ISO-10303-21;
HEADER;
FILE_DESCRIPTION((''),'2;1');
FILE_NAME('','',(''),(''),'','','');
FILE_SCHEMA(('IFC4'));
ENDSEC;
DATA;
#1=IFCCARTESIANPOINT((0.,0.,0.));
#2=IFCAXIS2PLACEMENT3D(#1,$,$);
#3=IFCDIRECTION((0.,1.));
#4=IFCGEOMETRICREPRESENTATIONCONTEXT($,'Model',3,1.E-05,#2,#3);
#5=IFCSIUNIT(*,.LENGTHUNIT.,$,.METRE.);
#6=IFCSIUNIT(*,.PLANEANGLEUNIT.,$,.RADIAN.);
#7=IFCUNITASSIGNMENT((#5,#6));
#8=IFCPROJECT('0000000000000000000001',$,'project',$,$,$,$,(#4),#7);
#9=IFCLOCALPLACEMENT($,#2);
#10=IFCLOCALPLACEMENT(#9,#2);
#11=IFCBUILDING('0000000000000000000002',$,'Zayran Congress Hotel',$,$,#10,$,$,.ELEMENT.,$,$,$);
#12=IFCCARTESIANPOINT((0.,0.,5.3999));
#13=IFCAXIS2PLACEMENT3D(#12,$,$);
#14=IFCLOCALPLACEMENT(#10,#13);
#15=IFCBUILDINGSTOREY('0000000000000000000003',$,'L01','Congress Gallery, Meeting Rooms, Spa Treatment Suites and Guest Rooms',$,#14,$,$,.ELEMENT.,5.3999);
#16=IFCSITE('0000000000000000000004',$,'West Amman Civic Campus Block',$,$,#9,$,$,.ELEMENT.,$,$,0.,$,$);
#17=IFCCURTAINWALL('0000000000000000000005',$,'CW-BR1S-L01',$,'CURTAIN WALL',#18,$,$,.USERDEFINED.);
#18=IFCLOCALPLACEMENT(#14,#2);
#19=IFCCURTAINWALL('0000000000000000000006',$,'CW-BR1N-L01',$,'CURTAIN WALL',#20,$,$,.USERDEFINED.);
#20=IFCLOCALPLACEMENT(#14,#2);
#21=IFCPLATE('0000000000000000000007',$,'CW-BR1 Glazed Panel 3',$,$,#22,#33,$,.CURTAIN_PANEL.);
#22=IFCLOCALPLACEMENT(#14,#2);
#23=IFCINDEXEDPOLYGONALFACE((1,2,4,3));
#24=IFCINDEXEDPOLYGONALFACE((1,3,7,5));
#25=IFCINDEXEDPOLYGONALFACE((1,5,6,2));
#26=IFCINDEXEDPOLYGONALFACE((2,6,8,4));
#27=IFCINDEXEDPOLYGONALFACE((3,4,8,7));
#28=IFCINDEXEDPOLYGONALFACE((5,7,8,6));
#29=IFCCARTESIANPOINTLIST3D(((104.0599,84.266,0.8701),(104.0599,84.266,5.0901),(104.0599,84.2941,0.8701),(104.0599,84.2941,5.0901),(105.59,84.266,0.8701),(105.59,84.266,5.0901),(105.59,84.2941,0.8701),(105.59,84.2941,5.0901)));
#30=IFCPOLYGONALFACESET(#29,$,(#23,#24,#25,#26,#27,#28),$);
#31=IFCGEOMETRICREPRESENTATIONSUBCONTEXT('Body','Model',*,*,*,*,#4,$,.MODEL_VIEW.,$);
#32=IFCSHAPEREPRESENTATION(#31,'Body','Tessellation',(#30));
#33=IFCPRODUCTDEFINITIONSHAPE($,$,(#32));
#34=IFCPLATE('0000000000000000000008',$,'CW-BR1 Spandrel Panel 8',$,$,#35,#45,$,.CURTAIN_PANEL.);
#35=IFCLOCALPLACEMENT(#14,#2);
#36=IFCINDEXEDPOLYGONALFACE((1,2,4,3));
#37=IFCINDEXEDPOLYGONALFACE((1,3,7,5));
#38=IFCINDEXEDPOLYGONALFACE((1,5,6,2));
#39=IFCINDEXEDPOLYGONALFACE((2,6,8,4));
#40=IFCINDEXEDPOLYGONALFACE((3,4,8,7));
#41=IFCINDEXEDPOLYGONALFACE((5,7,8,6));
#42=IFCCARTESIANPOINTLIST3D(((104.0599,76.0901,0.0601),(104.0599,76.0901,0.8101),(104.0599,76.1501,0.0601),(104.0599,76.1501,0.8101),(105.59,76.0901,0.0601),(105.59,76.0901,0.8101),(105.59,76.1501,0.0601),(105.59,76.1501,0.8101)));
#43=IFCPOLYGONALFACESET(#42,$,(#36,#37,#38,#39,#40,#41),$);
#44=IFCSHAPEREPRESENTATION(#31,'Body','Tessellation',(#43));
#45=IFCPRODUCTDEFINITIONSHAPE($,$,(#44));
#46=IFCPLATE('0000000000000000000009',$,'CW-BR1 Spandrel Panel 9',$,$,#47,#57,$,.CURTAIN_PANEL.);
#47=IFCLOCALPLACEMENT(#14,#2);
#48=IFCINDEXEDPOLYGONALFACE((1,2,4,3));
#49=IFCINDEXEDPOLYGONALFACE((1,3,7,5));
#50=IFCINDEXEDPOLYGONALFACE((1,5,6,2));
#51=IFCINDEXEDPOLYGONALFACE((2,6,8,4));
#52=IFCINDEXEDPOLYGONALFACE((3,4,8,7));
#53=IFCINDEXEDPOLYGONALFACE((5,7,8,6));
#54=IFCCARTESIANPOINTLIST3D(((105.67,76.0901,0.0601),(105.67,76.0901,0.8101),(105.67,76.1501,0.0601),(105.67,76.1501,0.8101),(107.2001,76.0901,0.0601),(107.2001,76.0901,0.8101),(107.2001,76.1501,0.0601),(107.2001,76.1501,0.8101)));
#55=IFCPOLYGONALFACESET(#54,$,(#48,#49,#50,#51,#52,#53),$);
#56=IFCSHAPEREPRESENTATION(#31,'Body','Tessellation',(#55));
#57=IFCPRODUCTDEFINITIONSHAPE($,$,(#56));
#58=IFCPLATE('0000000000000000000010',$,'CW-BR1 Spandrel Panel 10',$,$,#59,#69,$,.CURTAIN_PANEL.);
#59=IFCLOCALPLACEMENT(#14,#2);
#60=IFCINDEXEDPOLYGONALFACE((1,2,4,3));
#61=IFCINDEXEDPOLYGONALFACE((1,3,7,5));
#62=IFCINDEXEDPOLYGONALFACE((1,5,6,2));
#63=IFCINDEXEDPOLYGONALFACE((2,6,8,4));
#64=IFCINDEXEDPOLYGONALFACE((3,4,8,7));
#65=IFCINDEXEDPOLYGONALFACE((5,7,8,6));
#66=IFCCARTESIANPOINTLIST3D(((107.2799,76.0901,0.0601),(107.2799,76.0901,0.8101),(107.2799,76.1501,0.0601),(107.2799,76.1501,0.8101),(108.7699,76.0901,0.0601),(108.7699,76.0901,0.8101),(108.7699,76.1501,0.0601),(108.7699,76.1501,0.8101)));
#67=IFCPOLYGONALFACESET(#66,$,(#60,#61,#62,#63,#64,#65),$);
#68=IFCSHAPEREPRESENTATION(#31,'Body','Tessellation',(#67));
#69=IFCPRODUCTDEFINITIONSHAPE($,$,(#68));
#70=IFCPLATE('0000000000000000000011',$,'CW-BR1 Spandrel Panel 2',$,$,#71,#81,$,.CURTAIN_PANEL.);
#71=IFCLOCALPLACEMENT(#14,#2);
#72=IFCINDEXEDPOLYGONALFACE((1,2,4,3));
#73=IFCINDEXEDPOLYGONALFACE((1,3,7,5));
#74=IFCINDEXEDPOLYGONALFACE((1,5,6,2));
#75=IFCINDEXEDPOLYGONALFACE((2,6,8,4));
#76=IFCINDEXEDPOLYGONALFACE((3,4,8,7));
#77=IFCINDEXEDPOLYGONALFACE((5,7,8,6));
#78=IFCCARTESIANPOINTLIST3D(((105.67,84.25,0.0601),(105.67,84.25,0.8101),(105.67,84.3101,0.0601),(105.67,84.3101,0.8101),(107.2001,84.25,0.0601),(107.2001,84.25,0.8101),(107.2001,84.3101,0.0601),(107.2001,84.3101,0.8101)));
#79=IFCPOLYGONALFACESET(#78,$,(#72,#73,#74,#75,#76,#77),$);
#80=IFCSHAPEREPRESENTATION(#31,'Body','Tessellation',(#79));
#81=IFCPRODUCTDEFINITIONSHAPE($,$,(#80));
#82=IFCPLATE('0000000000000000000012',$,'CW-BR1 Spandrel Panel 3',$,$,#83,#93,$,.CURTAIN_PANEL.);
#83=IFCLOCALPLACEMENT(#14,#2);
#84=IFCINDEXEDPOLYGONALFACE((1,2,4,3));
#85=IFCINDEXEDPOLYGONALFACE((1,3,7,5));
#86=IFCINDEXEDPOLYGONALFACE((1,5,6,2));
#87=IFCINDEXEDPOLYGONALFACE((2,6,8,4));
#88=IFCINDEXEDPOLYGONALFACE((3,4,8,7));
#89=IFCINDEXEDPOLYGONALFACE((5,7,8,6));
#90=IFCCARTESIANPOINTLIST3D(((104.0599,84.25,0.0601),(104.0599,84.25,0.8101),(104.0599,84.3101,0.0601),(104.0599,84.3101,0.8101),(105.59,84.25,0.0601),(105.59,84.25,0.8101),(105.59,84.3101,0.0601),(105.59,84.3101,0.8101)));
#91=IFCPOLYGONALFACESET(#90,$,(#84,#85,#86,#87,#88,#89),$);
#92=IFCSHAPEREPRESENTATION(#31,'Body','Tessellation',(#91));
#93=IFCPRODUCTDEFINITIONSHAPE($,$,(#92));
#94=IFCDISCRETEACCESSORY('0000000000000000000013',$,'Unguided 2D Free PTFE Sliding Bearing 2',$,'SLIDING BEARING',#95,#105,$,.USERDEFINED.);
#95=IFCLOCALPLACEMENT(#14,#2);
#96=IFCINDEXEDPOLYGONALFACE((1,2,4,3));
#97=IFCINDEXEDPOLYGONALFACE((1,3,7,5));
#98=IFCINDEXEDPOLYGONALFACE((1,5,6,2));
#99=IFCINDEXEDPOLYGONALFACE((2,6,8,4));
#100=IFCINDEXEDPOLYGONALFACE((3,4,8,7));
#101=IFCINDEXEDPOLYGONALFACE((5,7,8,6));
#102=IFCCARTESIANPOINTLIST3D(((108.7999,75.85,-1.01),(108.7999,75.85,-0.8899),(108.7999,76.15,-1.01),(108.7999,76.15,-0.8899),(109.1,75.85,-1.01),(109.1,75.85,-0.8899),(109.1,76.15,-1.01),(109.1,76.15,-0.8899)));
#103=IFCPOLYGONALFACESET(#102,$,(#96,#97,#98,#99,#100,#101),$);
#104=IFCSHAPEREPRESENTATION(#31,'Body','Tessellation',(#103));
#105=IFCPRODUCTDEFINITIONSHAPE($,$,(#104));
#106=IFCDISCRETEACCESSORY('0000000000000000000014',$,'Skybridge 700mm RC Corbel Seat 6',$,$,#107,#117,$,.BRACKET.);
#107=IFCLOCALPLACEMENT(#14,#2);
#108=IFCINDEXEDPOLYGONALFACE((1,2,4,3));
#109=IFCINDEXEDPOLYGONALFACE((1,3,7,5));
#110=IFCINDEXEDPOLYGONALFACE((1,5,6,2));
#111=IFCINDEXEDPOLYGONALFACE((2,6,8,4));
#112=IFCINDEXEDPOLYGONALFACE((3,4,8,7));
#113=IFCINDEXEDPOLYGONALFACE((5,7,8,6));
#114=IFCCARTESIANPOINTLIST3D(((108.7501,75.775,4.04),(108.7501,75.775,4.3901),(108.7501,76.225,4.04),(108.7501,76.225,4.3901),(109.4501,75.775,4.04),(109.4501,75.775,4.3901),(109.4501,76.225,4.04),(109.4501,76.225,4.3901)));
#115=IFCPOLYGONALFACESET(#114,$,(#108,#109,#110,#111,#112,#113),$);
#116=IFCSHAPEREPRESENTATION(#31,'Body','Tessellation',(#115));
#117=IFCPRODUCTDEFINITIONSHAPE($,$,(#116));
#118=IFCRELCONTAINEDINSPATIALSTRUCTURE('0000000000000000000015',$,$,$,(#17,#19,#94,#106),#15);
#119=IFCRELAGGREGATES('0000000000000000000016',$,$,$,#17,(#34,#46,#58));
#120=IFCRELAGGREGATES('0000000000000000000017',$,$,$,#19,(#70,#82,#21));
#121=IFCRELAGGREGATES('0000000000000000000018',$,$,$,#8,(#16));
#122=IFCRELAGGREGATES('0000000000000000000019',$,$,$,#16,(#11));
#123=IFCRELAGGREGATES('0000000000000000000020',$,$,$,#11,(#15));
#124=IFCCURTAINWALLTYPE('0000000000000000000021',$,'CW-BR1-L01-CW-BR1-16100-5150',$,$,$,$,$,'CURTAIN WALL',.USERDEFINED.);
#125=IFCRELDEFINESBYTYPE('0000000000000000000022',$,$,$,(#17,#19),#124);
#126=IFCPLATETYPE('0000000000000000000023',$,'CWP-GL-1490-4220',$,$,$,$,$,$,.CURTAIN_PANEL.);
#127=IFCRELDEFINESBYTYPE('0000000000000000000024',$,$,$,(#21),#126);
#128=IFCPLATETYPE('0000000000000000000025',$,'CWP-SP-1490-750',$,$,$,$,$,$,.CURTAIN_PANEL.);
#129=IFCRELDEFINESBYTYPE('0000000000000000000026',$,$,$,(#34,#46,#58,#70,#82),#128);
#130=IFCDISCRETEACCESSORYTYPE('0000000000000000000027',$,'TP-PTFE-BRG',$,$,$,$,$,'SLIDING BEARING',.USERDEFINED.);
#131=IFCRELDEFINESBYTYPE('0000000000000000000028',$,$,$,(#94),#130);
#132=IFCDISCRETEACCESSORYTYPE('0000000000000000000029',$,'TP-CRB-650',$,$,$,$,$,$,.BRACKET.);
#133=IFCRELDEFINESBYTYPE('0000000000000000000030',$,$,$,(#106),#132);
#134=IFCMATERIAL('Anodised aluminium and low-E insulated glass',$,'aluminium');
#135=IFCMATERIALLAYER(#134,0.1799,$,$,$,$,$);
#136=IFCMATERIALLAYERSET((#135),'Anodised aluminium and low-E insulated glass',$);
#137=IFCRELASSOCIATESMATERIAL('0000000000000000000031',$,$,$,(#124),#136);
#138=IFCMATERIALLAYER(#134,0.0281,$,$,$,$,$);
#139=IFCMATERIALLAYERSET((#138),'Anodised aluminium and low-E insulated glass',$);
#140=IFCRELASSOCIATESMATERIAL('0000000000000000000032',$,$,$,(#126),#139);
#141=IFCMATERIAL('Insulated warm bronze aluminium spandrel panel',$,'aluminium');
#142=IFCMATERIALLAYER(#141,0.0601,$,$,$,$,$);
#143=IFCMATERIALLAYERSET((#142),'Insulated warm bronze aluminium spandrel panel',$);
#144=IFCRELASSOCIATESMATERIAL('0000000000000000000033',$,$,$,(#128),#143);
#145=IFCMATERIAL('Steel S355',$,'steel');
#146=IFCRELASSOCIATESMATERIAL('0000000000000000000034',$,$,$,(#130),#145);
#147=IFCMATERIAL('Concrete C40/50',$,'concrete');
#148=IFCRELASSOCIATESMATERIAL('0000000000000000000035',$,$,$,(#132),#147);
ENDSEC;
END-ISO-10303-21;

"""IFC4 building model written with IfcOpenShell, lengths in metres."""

from ifc_helpers import new_model, si_unit, direction, frame, origin, origin_2d, place, context, subcontext, project, spatial, rectangle, extrude, material, layer, layer_set, type_object, element, aggregate, save


model = new_model("IFC4")

# Units and contexts
model_context = context("Model", 3, precision=1e-05, world=origin(), true_north=direction((0.0, 1.0)))
body_context = subcontext(model_context, "Body", "Model", "MODEL_VIEW")
ifc_project = project(units=[si_unit("LENGTHUNIT", "METRE"), si_unit("PLANEANGLEUNIT", "RADIAN")], contexts=[model_context])

# Site, building, storey
site_placement = place(None, origin())
site = spatial("IfcSite", under=ifc_project, at=site_placement, Name="West Amman Civic Campus Block", CompositionType="ELEMENT", RefElevation=0.0)
building_placement = place(site_placement, origin())
building = spatial("IfcBuilding", under=site, at=building_placement, Name="Zayran Congress Hotel", CompositionType="ELEMENT")
storey_placement = place(building_placement, frame((0.0, 0.0, 5.3999)))
storey = spatial("IfcBuildingStorey", under=building, at=storey_placement, Name="L01", Description="Congress Gallery, Meeting Rooms, Spa Treatment Suites and Guest Rooms", CompositionType="ELEMENT", Elevation=5.3999)

# Shared definitions
ifc_material_1 = material(Name="Steel S355", Category="steel")

# Shared definitions
ifc_material_2 = material(Name="Anodised aluminium and low-E insulated glass", Category="aluminium")

# Curtain wall
ifc_layer_1 = layer(ifc_material_2, 0.1799)
ifc_layer_set_1 = layer_set([ifc_layer_1], Name="Anodised aluminium and low-E insulated glass")
curtain_wall_type_1 = type_object("IfcCurtainWallType", Name="CW-BR1-L01-CW-BR1-16100-5150", ElementType="CURTAIN WALL", PredefinedType="USERDEFINED", material=ifc_layer_set_1)
curtain_wall_1_placement = place(storey_placement, origin())
curtain_wall_1 = element("IfcCurtainWall", 1, at=curtain_wall_1_placement, inside=storey, type_object=curtain_wall_type_1, Name="CW-BR1S-L01", ObjectType="CURTAIN WALL", PredefinedType="USERDEFINED")

# Curtain wall
curtain_wall_2_placement = place(storey_placement, origin())
curtain_wall_2 = element("IfcCurtainWall", 2, at=curtain_wall_2_placement, inside=storey, type_object=curtain_wall_type_1, Name="CW-BR1N-L01", ObjectType="CURTAIN WALL", PredefinedType="USERDEFINED")

# Plates
ifc_layer_2 = layer(ifc_material_2, 0.0281)
ifc_layer_set_2 = layer_set([ifc_layer_2], Name="Anodised aluminium and low-E insulated glass")
plate_type_1 = type_object("IfcPlateType", Name="CWP-GL-1490-4220", PredefinedType="CURTAIN_PANEL", material=ifc_layer_set_2)
plate_1_placement = place(storey_placement, frame((104.825, 84.28, 0.8701), z_axis=(0.0, 0.0, 1.0), x_axis=(1.0, 0.0, 0.0)))
plate_1 = element("IfcPlate", 3, at=plate_1_placement, type_object=plate_type_1, Name="CW-BR1 Glazed Panel 3", PredefinedType="CURTAIN_PANEL", context=body_context, shape_type="SweptSolid", body=[
    extrude(rectangle(XDim=1.53, YDim=0.0281, at=origin_2d()), origin(), (0.0, 0.0, 1.0), 4.22),
])
ifc_material_3 = material(Name="Insulated warm bronze aluminium spandrel panel", Category="aluminium")
ifc_layer_3 = layer(ifc_material_3, 0.0601)
ifc_layer_set_3 = layer_set([ifc_layer_3], Name="Insulated warm bronze aluminium spandrel panel")
plate_type_2 = type_object("IfcPlateType", Name="CWP-SP-1490-750", PredefinedType="CURTAIN_PANEL", material=ifc_layer_set_3)
plate_2_placement = place(storey_placement, frame((104.825, 76.1201, 0.0601), z_axis=(0.0, 0.0, 1.0), x_axis=(1.0, 0.0, 0.0)))
plate_2 = element("IfcPlate", 4, at=plate_2_placement, type_object=plate_type_2, Name="CW-BR1 Spandrel Panel 8", PredefinedType="CURTAIN_PANEL", context=body_context, shape_type="SweptSolid", body=[
    extrude(rectangle(XDim=1.53, YDim=0.0601, at=origin_2d()), origin(), (0.0, 0.0, 1.0), 0.75),
])
plate_3_placement = place(storey_placement, frame((106.4351, 76.1201, 0.0601), z_axis=(0.0, 0.0, 1.0), x_axis=(1.0, 0.0, 0.0)))
plate_3 = element("IfcPlate", 5, at=plate_3_placement, type_object=plate_type_2, Name="CW-BR1 Spandrel Panel 9", PredefinedType="CURTAIN_PANEL", context=body_context, shape_type="SweptSolid", body=[
    extrude(rectangle(XDim=1.53, YDim=0.0601, at=origin_2d()), origin(), (0.0, 0.0, 1.0), 0.75),
])
plate_4_placement = place(storey_placement, frame((108.0249, 76.1201, 0.0601), z_axis=(0.0, 0.0, 1.0), x_axis=(1.0, 0.0, 0.0)))
plate_4 = element("IfcPlate", 6, at=plate_4_placement, type_object=plate_type_2, Name="CW-BR1 Spandrel Panel 10", PredefinedType="CURTAIN_PANEL", context=body_context, shape_type="SweptSolid", body=[
    extrude(rectangle(XDim=1.49, YDim=0.0601, at=origin_2d()), origin(), (0.0, 0.0, 1.0), 0.75),
])
aggregate(curtain_wall_1, [plate_2, plate_3, plate_4])
plate_5_placement = place(storey_placement, frame((106.4351, 84.28, 0.0601), z_axis=(0.0, 0.0, 1.0), x_axis=(1.0, 0.0, 0.0)))
plate_5 = element("IfcPlate", 7, at=plate_5_placement, type_object=plate_type_2, Name="CW-BR1 Spandrel Panel 2", PredefinedType="CURTAIN_PANEL", context=body_context, shape_type="SweptSolid", body=[
    extrude(rectangle(XDim=1.53, YDim=0.0601, at=origin_2d()), origin(), (0.0, 0.0, 1.0), 0.75),
])
plate_6_placement = place(storey_placement, frame((104.825, 84.28, 0.0601), z_axis=(0.0, 0.0, 1.0), x_axis=(1.0, 0.0, 0.0)))
plate_6 = element("IfcPlate", 8, at=plate_6_placement, type_object=plate_type_2, Name="CW-BR1 Spandrel Panel 3", PredefinedType="CURTAIN_PANEL", context=body_context, shape_type="SweptSolid", body=[
    extrude(rectangle(XDim=1.53, YDim=0.0601, at=origin_2d()), origin(), (0.0, 0.0, 1.0), 0.75),
])
aggregate(curtain_wall_2, [plate_5, plate_6, plate_1])

# Discrete accessories
discrete_accessory_type_1 = type_object("IfcDiscreteAccessoryType", Name="TP-PTFE-BRG", ElementType="SLIDING BEARING", PredefinedType="USERDEFINED", material=ifc_material_1)
discrete_accessory_1_placement = place(storey_placement, frame((108.95, 76.0, -1.01), z_axis=(0.0, 0.0, 1.0), x_axis=(1.0, 0.0, 0.0)))
element("IfcDiscreteAccessory", 9, at=discrete_accessory_1_placement, inside=storey, type_object=discrete_accessory_type_1, Name="Unguided 2D Free PTFE Sliding Bearing 2", ObjectType="SLIDING BEARING", PredefinedType="USERDEFINED", context=body_context, shape_type="SweptSolid", body=[
    extrude(rectangle(XDim=0.3, YDim=0.3, at=origin_2d()), origin(), (0.0, 0.0, 1.0), 0.1201),
])
ifc_material_4 = material(Name="Concrete C40/50", Category="concrete")
discrete_accessory_type_2 = type_object("IfcDiscreteAccessoryType", Name="TP-CRB-650", PredefinedType="BRACKET", material=ifc_material_4)
discrete_accessory_2_placement = place(storey_placement, frame((109.1001, 76.0, 4.04), z_axis=(0.0, 0.0, 1.0), x_axis=(1.0, 0.0, 0.0)))
element("IfcDiscreteAccessory", 10, at=discrete_accessory_2_placement, inside=storey, type_object=discrete_accessory_type_2, Name="Skybridge 700mm RC Corbel Seat 6", PredefinedType="BRACKET", context=body_context, shape_type="SweptSolid", body=[
    extrude(rectangle(XDim=0.7, YDim=0.45, at=origin_2d()), origin(), (0.0, 0.0, 1.0), 0.3501),
])

save(model, "model.ifc")
